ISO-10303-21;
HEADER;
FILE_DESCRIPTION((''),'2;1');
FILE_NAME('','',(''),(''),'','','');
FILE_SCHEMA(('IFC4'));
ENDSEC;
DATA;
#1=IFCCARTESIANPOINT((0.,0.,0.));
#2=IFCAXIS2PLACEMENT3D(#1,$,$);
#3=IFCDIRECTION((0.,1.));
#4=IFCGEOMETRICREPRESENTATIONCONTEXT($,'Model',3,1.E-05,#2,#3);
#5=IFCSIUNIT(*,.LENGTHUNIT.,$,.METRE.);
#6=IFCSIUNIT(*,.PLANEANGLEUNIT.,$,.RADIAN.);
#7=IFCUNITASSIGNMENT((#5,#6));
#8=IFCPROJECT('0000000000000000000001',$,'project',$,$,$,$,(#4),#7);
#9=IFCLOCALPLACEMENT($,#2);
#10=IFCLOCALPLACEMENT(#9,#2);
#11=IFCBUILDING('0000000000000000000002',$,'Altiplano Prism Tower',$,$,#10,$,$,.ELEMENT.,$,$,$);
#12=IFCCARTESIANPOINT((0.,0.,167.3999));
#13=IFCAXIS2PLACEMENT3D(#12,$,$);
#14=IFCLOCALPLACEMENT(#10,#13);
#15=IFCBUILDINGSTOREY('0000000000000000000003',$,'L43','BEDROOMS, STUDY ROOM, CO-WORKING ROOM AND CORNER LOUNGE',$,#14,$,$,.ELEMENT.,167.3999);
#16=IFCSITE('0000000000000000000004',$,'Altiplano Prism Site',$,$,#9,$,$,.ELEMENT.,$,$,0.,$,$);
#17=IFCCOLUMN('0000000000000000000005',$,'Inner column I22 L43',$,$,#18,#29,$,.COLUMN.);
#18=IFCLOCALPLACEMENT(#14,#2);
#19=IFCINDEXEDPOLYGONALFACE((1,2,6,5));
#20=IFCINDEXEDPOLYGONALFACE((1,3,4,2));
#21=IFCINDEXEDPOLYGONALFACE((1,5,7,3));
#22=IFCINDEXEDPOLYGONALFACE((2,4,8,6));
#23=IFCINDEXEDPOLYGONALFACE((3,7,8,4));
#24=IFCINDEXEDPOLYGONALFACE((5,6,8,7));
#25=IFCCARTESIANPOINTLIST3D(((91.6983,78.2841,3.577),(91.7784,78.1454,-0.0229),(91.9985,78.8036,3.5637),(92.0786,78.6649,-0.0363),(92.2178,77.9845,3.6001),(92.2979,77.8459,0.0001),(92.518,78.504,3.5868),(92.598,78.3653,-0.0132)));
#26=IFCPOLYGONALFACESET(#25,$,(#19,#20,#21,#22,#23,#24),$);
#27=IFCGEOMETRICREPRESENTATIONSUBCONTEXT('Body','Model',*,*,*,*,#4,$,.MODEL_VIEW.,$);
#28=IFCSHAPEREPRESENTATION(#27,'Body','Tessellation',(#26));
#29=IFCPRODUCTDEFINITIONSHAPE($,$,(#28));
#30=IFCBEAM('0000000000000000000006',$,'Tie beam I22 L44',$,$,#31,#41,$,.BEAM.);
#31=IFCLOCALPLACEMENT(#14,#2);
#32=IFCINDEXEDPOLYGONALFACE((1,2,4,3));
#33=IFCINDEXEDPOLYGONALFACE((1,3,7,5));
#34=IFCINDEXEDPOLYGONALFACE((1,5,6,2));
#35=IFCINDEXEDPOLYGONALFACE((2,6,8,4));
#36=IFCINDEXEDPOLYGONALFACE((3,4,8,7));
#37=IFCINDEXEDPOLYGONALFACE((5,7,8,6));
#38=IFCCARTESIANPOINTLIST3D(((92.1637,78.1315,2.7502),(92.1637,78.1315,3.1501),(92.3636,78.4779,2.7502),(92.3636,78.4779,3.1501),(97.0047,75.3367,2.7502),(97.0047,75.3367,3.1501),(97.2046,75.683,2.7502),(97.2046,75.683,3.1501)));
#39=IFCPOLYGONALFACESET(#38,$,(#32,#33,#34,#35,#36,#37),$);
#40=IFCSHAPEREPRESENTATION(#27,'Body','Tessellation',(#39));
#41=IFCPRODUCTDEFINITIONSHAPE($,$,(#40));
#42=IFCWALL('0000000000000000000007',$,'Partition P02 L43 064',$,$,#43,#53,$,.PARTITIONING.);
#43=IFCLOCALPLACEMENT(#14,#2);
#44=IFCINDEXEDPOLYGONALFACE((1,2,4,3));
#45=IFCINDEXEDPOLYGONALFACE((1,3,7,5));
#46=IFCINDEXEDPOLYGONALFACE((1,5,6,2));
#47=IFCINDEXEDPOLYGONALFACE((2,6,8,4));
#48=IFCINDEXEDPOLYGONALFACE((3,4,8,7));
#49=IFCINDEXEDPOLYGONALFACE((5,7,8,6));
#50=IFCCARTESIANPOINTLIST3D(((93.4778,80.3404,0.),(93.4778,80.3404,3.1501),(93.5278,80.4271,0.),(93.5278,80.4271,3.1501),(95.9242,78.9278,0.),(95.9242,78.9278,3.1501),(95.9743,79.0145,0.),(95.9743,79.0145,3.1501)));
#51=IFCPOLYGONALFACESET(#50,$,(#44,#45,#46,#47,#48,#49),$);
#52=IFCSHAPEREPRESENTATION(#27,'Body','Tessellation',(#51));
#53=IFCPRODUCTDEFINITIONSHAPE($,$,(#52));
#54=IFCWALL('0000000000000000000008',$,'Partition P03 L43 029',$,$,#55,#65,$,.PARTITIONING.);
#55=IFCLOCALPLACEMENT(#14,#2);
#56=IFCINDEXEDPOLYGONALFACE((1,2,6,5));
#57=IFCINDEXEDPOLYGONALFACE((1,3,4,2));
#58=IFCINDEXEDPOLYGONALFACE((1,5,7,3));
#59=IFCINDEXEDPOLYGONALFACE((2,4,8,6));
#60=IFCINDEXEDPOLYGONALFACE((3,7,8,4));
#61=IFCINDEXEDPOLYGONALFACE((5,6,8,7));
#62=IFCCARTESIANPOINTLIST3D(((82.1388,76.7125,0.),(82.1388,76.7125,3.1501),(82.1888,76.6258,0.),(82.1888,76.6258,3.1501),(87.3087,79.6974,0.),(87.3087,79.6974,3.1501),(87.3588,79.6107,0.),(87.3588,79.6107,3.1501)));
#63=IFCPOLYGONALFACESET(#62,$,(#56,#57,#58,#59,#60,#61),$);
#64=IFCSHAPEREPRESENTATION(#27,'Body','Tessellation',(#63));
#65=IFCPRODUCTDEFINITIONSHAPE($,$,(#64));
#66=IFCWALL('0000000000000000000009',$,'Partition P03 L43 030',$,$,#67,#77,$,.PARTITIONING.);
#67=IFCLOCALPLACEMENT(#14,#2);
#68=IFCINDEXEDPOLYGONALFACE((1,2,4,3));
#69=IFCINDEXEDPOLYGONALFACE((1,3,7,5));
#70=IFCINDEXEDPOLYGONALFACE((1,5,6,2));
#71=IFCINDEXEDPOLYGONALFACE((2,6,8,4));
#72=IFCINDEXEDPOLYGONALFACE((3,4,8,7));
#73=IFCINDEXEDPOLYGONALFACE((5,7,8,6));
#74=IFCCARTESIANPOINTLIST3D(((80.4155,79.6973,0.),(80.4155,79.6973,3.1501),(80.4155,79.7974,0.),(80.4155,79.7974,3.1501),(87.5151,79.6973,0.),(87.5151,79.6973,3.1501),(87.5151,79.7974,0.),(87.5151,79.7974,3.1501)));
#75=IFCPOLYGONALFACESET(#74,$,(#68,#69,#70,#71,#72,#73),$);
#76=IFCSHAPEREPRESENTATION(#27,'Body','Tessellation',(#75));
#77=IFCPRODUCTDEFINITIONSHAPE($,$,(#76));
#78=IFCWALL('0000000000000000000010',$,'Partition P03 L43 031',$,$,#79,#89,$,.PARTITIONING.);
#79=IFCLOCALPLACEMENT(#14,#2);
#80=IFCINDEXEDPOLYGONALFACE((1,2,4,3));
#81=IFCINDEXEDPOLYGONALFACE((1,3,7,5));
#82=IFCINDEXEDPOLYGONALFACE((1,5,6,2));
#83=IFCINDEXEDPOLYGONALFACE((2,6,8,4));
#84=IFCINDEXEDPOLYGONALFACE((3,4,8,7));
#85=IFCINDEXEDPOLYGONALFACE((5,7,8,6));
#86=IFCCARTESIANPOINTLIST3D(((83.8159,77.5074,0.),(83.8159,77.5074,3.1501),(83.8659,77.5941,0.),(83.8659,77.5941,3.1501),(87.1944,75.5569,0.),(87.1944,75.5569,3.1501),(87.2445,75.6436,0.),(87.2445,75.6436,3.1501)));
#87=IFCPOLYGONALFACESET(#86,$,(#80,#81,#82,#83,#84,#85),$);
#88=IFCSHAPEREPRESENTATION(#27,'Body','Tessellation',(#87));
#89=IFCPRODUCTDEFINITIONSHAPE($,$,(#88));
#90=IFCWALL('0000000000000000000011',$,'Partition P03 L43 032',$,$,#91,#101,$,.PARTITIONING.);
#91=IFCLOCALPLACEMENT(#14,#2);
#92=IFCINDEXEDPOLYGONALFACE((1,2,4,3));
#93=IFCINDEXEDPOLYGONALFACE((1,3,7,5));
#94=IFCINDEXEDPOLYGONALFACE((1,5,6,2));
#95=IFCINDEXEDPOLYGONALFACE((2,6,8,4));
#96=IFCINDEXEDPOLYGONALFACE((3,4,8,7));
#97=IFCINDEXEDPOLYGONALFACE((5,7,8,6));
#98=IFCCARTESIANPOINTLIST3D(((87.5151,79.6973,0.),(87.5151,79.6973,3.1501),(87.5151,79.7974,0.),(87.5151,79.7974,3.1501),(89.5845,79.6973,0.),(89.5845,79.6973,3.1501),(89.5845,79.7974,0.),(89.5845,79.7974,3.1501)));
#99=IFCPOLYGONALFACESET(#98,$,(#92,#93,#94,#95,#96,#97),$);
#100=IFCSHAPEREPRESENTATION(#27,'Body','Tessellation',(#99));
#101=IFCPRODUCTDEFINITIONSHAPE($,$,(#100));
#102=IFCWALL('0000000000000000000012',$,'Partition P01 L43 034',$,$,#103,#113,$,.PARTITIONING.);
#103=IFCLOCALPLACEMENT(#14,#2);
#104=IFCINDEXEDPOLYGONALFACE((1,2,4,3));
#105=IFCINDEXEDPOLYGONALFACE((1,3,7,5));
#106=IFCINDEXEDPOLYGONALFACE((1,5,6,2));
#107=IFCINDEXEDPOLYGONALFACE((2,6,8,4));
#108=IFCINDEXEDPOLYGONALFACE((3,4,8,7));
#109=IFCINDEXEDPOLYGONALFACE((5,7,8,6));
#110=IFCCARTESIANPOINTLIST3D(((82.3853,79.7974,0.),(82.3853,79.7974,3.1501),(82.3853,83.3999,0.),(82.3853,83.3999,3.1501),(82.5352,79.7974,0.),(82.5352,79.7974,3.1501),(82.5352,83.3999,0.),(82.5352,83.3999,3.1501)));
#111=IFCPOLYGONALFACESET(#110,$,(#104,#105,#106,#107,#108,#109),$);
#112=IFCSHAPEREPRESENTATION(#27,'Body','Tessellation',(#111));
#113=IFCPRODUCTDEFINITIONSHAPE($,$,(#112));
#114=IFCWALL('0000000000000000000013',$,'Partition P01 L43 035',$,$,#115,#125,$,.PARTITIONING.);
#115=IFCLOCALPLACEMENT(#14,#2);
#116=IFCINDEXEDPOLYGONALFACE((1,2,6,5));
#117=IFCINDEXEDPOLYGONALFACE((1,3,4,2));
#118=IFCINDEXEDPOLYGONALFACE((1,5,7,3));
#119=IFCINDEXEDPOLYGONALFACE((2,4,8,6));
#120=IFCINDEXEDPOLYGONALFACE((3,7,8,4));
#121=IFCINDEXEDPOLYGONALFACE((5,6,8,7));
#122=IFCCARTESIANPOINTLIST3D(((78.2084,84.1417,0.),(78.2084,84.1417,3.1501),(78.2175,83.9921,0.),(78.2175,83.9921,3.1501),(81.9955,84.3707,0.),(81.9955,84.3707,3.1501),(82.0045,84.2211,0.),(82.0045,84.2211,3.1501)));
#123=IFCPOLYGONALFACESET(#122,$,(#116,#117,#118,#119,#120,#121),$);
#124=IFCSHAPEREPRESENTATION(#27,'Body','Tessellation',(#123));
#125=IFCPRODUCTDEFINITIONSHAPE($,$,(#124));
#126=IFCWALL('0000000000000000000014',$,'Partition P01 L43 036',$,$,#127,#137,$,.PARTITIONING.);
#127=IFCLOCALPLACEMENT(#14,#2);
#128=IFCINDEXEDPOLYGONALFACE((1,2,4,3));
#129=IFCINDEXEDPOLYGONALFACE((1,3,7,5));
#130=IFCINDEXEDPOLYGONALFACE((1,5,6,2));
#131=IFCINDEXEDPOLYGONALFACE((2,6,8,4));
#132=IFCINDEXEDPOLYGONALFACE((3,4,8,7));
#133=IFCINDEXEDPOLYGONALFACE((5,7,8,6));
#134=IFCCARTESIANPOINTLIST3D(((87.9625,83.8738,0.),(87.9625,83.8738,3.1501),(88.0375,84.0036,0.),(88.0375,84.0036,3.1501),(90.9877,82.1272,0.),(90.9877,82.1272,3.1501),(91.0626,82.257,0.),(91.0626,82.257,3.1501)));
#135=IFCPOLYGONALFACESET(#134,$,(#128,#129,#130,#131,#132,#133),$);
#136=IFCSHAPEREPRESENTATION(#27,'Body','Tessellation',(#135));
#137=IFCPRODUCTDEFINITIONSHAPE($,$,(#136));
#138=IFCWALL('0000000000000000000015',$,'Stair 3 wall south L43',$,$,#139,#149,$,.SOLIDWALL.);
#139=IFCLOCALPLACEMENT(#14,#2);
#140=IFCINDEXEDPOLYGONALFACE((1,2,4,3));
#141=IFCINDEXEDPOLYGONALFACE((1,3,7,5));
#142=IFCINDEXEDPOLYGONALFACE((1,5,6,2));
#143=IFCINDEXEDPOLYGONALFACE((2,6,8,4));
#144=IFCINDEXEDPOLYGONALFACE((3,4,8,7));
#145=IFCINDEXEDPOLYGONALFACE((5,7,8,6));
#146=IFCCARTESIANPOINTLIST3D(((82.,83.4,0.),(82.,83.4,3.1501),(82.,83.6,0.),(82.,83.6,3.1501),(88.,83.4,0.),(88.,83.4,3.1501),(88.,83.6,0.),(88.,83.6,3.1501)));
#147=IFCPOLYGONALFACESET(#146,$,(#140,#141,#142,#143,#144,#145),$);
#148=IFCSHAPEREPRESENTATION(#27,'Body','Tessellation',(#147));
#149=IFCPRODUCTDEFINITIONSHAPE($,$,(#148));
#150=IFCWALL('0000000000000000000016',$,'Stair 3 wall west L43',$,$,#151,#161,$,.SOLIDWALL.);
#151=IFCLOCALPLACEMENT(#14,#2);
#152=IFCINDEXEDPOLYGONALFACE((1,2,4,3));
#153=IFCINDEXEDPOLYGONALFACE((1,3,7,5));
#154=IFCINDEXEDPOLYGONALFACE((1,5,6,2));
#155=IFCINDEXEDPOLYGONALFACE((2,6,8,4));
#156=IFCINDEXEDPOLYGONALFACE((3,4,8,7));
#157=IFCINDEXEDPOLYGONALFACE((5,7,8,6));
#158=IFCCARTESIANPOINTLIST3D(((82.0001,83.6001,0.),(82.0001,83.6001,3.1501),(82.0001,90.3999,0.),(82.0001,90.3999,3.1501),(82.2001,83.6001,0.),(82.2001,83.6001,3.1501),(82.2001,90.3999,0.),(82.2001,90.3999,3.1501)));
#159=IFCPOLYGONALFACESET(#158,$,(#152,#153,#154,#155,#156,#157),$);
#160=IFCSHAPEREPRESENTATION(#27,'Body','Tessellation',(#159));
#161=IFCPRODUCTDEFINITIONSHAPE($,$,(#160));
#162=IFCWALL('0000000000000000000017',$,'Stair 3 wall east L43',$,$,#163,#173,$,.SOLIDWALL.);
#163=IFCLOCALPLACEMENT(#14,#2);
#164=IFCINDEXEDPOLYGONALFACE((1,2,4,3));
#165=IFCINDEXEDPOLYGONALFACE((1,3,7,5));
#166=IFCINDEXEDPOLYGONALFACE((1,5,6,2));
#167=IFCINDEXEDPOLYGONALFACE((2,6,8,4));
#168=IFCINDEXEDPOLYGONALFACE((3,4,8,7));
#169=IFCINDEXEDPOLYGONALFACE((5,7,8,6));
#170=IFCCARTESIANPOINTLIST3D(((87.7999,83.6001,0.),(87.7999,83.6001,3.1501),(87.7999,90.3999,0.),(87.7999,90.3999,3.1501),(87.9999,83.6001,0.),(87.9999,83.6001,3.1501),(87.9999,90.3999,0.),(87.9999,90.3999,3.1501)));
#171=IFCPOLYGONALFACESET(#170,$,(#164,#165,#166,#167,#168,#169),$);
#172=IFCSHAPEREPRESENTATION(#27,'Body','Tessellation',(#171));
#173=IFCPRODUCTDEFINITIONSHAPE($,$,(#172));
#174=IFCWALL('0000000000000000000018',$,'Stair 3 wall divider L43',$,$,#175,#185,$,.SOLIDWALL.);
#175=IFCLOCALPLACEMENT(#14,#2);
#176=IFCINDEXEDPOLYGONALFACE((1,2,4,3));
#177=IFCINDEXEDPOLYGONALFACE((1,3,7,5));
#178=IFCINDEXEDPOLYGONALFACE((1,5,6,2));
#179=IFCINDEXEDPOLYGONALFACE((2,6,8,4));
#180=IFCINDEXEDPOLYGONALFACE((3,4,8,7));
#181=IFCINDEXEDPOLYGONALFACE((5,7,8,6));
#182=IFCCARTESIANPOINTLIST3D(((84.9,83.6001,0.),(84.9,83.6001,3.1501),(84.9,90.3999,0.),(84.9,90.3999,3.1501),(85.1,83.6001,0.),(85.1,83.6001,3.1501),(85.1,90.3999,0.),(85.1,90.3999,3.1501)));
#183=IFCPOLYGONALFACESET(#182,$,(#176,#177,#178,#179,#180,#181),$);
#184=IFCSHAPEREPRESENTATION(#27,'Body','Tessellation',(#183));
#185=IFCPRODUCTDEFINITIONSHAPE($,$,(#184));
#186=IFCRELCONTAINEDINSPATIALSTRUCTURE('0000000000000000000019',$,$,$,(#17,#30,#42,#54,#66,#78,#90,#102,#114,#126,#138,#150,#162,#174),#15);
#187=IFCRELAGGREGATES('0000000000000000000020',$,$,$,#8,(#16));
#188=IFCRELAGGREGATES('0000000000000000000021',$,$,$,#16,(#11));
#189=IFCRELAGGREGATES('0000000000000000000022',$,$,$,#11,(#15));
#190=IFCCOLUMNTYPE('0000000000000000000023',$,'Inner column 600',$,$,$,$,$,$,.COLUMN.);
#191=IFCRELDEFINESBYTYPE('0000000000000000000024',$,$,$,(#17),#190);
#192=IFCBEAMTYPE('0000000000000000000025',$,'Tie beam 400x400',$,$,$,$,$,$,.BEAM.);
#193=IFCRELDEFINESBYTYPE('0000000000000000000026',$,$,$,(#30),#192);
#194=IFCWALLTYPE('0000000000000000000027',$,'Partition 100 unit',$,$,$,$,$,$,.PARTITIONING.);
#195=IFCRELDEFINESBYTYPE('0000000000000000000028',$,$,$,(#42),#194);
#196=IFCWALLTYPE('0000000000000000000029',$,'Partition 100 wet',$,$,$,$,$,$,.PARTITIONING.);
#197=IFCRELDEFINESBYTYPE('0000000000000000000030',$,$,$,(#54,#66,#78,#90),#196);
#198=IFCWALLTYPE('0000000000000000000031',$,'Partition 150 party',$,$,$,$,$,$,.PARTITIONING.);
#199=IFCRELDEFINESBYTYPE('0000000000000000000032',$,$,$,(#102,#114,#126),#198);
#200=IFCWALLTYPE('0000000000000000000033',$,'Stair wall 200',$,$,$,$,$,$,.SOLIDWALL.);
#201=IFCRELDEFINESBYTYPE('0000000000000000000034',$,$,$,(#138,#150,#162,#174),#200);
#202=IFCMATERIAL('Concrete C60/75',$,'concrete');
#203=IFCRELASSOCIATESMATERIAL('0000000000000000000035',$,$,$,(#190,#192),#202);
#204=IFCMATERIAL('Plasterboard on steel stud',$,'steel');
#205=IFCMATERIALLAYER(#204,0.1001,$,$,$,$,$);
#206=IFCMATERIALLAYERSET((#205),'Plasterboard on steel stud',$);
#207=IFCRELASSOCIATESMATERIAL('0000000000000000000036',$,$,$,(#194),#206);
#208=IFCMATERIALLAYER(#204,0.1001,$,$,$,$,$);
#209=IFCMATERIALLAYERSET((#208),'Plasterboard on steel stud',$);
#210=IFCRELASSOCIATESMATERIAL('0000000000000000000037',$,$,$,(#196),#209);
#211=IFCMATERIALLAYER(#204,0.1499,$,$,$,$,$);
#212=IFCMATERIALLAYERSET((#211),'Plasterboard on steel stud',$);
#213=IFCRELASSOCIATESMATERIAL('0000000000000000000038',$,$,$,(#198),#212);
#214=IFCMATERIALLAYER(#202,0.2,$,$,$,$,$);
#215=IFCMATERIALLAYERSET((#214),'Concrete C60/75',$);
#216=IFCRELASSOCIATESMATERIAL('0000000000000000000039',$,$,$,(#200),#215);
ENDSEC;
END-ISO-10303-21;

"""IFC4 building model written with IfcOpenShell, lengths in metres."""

from ifc_helpers import new_model, si_unit, direction, frame, frame_2d, origin, origin_2d, place, context, subcontext, project, spatial, rectangle, extrude, material, layer, layer_set, material_profile, profile_set, type_object, element, save


model = new_model("IFC4")

# Units and contexts
model_context = context("Model", 3, precision=1e-05, world=origin(), true_north=direction((0.0, 1.0)))
body_context = subcontext(model_context, "Body", "Model", "MODEL_VIEW")
ifc_project = project(units=[si_unit("LENGTHUNIT", "METRE"), si_unit("PLANEANGLEUNIT", "RADIAN")], contexts=[model_context])

# Site, building, storey
site_placement = place(None, origin())
site = spatial("IfcSite", under=ifc_project, at=site_placement, Name="Altiplano Prism Site", CompositionType="ELEMENT", RefElevation=0.0)
building_placement = place(site_placement, origin())
building = spatial("IfcBuilding", under=site, at=building_placement, Name="Altiplano Prism Tower", CompositionType="ELEMENT")
storey_placement = place(building_placement, frame((0.0, 0.0, 167.3999)))
storey = spatial("IfcBuildingStorey", under=building, at=storey_placement, Name="L43", Description="BEDROOMS, STUDY ROOM, CO-WORKING ROOM AND CORNER LOUNGE", CompositionType="ELEMENT", Elevation=167.3999)

# Column
ifc_material_1 = material(Name="Concrete C60/75", Category="concrete")
ifc_material_profile_1 = material_profile(ifc_material_1, rectangle(XDim=0.6001, YDim=0.6001, at=origin_2d()), Name="Inner column 600")
ifc_profile_set_1 = profile_set([ifc_material_profile_1], Name="Concrete C60/75")
column_type = type_object("IfcColumnType", Name="Inner column 600", PredefinedType="COLUMN", material=ifc_profile_set_1)
column_placement = place(storey_placement, frame((92.1882, 78.2554, -0.0181), z_axis=(-0.022223, 0.038483, 0.999012), x_axis=(-0.500175, -0.865639, 0.022219)))
element("IfcColumn", 1, at=column_placement, inside=storey, type_object=column_type, Name="Inner column I22 L43", PredefinedType="COLUMN", context=body_context, shape_type="SweptSolid", body=[
    extrude(rectangle(XDim=0.6001, YDim=0.6001, at=origin_2d()), origin(), (0.0, 0.0, 1.0), 3.6035),
])

# Beam
ifc_material_profile_2 = material_profile(ifc_material_1, rectangle(XDim=0.3999, YDim=0.3999, at=origin_2d()), Name="Tie beam 400x400")
ifc_profile_set_2 = profile_set([ifc_material_profile_2], Name="Concrete C60/75")
beam_type = type_object("IfcBeamType", Name="Tie beam 400x400", PredefinedType="BEAM", material=ifc_profile_set_2)
beam_placement = place(storey_placement, frame((92.2637, 78.3047, 2.9502), z_axis=(0.866031, -0.499991, 0.0), x_axis=(0.499991, 0.866031, 0.0)))
element("IfcBeam", 2, at=beam_placement, inside=storey, type_object=beam_type, Name="Tie beam I22 L44", PredefinedType="BEAM", context=body_context, shape_type="SweptSolid", body=[
    extrude(rectangle(XDim=0.3999, YDim=0.3999, at=origin_2d()), origin(), (0.0, 0.0, 1.0), 5.5898),
])

# Walls
ifc_material_2 = material(Name="Plasterboard on steel stud", Category="steel")
ifc_layer_1 = layer(ifc_material_2, 0.1001)
ifc_layer_set_1 = layer_set([ifc_layer_1], Name="Plasterboard on steel stud")
wall_type_1 = type_object("IfcWallType", Name="Partition 100 unit", PredefinedType="PARTITIONING", material=ifc_layer_set_1)
wall_1_placement = place(storey_placement, frame((93.5027, 80.3838, 0.0), z_axis=(0.0, 0.0, 1.0), x_axis=(0.866011, -0.500024, 0.0)))
element("IfcWall", 3, at=wall_1_placement, inside=storey, type_object=wall_type_1, Name="Partition P02 L43 064", PredefinedType="PARTITIONING", context=body_context, shape_type="SweptSolid", body=[
    extrude(rectangle(XDim=2.825, YDim=0.1001, at=frame_2d((1.4126, 0.0))), origin(), (0.0, 0.0, 1.0), 3.1501),
])
ifc_layer_2 = layer(ifc_material_2, 0.1001)
ifc_layer_set_2 = layer_set([ifc_layer_2], Name="Plasterboard on steel stud")
wall_type_2 = type_object("IfcWallType", Name="Partition 100 wet", PredefinedType="PARTITIONING", material=ifc_layer_set_2)
wall_2_placement = place(storey_placement, frame((82.1638, 76.6692, 0.0), z_axis=(0.0, 0.0, 1.0), x_axis=(0.866025, 0.500001, 0.0)))
element("IfcWall", 4, at=wall_2_placement, inside=storey, type_object=wall_type_2, Name="Partition P03 L43 029", PredefinedType="PARTITIONING", context=body_context, shape_type="SweptSolid", body=[
    extrude(rectangle(XDim=5.9697, YDim=0.1001, at=frame_2d((2.9849, 0.0))), origin(), (0.0, 0.0, 1.0), 3.1501),
])
wall_3_placement = place(storey_placement, frame((87.5151, 79.7473, 0.0), z_axis=(0.0, 0.0, 1.0), x_axis=(-1.0, 0.0, 0.0)))
element("IfcWall", 5, at=wall_3_placement, inside=storey, type_object=wall_type_2, Name="Partition P03 L43 030", PredefinedType="PARTITIONING", context=body_context, shape_type="SweptSolid", body=[
    extrude(rectangle(XDim=7.0996, YDim=0.1001, at=frame_2d((3.5498, 0.0))), origin(), (0.0, 0.0, 1.0), 3.1501),
])
wall_4_placement = place(storey_placement, frame((83.8408, 77.5508, 0.0), z_axis=(0.0, 0.0, 1.0), x_axis=(0.866036, -0.499982, 0.0)))
element("IfcWall", 6, at=wall_4_placement, inside=storey, type_object=wall_type_2, Name="Partition P03 L43 031", PredefinedType="PARTITIONING", context=body_context, shape_type="SweptSolid", body=[
    extrude(rectangle(XDim=3.9011, YDim=0.1001, at=frame_2d((1.9507, 0.0))), origin(), (0.0, 0.0, 1.0), 3.1501),
])
wall_5_placement = place(storey_placement, frame((89.5845, 79.7473, 0.0), z_axis=(0.0, 0.0, 1.0), x_axis=(-1.0, 0.0, 0.0)))
element("IfcWall", 7, at=wall_5_placement, inside=storey, type_object=wall_type_2, Name="Partition P03 L43 032", PredefinedType="PARTITIONING", context=body_context, shape_type="SweptSolid", body=[
    extrude(rectangle(XDim=2.0693, YDim=0.1001, at=frame_2d((1.0347, 0.0))), origin(), (0.0, 0.0, 1.0), 3.1501),
])
ifc_layer_3 = layer(ifc_material_2, 0.1499)
ifc_layer_set_3 = layer_set([ifc_layer_3], Name="Plasterboard on steel stud")
wall_type_3 = type_object("IfcWallType", Name="Partition 150 party", PredefinedType="PARTITIONING", material=ifc_layer_set_3)
wall_6_placement = place(storey_placement, frame((82.4602, 79.7974, 0.0), z_axis=(0.0, 0.0, 1.0), x_axis=(0.0, 1.0, 0.0)))
element("IfcWall", 8, at=wall_6_placement, inside=storey, type_object=wall_type_3, Name="Partition P01 L43 034", PredefinedType="PARTITIONING", context=body_context, shape_type="SweptSolid", body=[
    extrude(rectangle(XDim=3.6025, YDim=0.1499, at=frame_2d((1.8013, 0.0))), origin(), (0.0, 0.0, 1.0), 3.1501),
])
wall_7_placement = place(storey_placement, frame((82.0, 84.2959, 0.0), z_axis=(0.0, 0.0, 1.0), x_axis=(-0.998177, -0.060359, 0.0)))
element("IfcWall", 9, at=wall_7_placement, inside=storey, type_object=wall_type_3, Name="Partition P01 L43 035", PredefinedType="PARTITIONING", context=body_context, shape_type="SweptSolid", body=[
    extrude(rectangle(XDim=3.7939, YDim=0.1499, at=frame_2d((1.897, 0.0))), origin(), (0.0, 0.0, 1.0), 3.1501),
])
wall_8_placement = place(storey_placement, frame((88.0, 83.9387, 0.0), z_axis=(0.0, 0.0, 1.0), x_axis=(0.866024, -0.500003, 0.0)))
element("IfcWall", 10, at=wall_8_placement, inside=storey, type_object=wall_type_3, Name="Partition P01 L43 036", PredefinedType="PARTITIONING", context=body_context, shape_type="SweptSolid", body=[
    extrude(rectangle(XDim=3.4932, YDim=0.1499, at=frame_2d((1.7466, 0.0))), origin(), (0.0, 0.0, 1.0), 3.1501),
])
ifc_layer_4 = layer(ifc_material_1, 0.2)
ifc_layer_set_4 = layer_set([ifc_layer_4], Name="Concrete C60/75")
wall_type_4 = type_object("IfcWallType", Name="Stair wall 200", PredefinedType="SOLIDWALL", material=ifc_layer_set_4)
wall_9_placement = place(storey_placement, frame((82.0, 83.5, 0.0), z_axis=(0.0, 0.0, 1.0), x_axis=(1.0, 0.0, 0.0)))
element("IfcWall", 11, at=wall_9_placement, inside=storey, type_object=wall_type_4, Name="Stair 3 wall south L43", PredefinedType="SOLIDWALL", context=body_context, shape_type="SweptSolid", body=[
    extrude(rectangle(XDim=6.0, YDim=0.2, at=frame_2d((3.0, 0.0))), origin(), (0.0, 0.0, 1.0), 3.1501),
])
for number, where, z_axis, x_axis, name in (
    (12, (82.1001, 83.6001, 0.0), (0.0, 0.0, 1.0), (0.0, 1.0, 0.0), "Stair 3 wall west L43"),
    (13, (87.8999, 83.6001, 0.0), (0.0, 0.0, 1.0), (0.0, 1.0, 0.0), "Stair 3 wall east L43"),
    (14, (85.0, 83.6001, 0.0), (0.0, 0.0, 1.0), (0.0, 1.0, 0.0), "Stair 3 wall divider L43"),
):
    element("IfcWall", number, at=place(storey_placement, frame(where, z_axis=z_axis, x_axis=x_axis)), inside=storey, type_object=wall_type_4, Name=name, PredefinedType="SOLIDWALL", context=body_context, shape_type="SweptSolid", body=[
        extrude(rectangle(XDim=6.7998, YDim=0.2, at=frame_2d((3.3999, 0.0))), origin(), (0.0, 0.0, 1.0), 3.1501),
    ])

save(model, "model.ifc")
